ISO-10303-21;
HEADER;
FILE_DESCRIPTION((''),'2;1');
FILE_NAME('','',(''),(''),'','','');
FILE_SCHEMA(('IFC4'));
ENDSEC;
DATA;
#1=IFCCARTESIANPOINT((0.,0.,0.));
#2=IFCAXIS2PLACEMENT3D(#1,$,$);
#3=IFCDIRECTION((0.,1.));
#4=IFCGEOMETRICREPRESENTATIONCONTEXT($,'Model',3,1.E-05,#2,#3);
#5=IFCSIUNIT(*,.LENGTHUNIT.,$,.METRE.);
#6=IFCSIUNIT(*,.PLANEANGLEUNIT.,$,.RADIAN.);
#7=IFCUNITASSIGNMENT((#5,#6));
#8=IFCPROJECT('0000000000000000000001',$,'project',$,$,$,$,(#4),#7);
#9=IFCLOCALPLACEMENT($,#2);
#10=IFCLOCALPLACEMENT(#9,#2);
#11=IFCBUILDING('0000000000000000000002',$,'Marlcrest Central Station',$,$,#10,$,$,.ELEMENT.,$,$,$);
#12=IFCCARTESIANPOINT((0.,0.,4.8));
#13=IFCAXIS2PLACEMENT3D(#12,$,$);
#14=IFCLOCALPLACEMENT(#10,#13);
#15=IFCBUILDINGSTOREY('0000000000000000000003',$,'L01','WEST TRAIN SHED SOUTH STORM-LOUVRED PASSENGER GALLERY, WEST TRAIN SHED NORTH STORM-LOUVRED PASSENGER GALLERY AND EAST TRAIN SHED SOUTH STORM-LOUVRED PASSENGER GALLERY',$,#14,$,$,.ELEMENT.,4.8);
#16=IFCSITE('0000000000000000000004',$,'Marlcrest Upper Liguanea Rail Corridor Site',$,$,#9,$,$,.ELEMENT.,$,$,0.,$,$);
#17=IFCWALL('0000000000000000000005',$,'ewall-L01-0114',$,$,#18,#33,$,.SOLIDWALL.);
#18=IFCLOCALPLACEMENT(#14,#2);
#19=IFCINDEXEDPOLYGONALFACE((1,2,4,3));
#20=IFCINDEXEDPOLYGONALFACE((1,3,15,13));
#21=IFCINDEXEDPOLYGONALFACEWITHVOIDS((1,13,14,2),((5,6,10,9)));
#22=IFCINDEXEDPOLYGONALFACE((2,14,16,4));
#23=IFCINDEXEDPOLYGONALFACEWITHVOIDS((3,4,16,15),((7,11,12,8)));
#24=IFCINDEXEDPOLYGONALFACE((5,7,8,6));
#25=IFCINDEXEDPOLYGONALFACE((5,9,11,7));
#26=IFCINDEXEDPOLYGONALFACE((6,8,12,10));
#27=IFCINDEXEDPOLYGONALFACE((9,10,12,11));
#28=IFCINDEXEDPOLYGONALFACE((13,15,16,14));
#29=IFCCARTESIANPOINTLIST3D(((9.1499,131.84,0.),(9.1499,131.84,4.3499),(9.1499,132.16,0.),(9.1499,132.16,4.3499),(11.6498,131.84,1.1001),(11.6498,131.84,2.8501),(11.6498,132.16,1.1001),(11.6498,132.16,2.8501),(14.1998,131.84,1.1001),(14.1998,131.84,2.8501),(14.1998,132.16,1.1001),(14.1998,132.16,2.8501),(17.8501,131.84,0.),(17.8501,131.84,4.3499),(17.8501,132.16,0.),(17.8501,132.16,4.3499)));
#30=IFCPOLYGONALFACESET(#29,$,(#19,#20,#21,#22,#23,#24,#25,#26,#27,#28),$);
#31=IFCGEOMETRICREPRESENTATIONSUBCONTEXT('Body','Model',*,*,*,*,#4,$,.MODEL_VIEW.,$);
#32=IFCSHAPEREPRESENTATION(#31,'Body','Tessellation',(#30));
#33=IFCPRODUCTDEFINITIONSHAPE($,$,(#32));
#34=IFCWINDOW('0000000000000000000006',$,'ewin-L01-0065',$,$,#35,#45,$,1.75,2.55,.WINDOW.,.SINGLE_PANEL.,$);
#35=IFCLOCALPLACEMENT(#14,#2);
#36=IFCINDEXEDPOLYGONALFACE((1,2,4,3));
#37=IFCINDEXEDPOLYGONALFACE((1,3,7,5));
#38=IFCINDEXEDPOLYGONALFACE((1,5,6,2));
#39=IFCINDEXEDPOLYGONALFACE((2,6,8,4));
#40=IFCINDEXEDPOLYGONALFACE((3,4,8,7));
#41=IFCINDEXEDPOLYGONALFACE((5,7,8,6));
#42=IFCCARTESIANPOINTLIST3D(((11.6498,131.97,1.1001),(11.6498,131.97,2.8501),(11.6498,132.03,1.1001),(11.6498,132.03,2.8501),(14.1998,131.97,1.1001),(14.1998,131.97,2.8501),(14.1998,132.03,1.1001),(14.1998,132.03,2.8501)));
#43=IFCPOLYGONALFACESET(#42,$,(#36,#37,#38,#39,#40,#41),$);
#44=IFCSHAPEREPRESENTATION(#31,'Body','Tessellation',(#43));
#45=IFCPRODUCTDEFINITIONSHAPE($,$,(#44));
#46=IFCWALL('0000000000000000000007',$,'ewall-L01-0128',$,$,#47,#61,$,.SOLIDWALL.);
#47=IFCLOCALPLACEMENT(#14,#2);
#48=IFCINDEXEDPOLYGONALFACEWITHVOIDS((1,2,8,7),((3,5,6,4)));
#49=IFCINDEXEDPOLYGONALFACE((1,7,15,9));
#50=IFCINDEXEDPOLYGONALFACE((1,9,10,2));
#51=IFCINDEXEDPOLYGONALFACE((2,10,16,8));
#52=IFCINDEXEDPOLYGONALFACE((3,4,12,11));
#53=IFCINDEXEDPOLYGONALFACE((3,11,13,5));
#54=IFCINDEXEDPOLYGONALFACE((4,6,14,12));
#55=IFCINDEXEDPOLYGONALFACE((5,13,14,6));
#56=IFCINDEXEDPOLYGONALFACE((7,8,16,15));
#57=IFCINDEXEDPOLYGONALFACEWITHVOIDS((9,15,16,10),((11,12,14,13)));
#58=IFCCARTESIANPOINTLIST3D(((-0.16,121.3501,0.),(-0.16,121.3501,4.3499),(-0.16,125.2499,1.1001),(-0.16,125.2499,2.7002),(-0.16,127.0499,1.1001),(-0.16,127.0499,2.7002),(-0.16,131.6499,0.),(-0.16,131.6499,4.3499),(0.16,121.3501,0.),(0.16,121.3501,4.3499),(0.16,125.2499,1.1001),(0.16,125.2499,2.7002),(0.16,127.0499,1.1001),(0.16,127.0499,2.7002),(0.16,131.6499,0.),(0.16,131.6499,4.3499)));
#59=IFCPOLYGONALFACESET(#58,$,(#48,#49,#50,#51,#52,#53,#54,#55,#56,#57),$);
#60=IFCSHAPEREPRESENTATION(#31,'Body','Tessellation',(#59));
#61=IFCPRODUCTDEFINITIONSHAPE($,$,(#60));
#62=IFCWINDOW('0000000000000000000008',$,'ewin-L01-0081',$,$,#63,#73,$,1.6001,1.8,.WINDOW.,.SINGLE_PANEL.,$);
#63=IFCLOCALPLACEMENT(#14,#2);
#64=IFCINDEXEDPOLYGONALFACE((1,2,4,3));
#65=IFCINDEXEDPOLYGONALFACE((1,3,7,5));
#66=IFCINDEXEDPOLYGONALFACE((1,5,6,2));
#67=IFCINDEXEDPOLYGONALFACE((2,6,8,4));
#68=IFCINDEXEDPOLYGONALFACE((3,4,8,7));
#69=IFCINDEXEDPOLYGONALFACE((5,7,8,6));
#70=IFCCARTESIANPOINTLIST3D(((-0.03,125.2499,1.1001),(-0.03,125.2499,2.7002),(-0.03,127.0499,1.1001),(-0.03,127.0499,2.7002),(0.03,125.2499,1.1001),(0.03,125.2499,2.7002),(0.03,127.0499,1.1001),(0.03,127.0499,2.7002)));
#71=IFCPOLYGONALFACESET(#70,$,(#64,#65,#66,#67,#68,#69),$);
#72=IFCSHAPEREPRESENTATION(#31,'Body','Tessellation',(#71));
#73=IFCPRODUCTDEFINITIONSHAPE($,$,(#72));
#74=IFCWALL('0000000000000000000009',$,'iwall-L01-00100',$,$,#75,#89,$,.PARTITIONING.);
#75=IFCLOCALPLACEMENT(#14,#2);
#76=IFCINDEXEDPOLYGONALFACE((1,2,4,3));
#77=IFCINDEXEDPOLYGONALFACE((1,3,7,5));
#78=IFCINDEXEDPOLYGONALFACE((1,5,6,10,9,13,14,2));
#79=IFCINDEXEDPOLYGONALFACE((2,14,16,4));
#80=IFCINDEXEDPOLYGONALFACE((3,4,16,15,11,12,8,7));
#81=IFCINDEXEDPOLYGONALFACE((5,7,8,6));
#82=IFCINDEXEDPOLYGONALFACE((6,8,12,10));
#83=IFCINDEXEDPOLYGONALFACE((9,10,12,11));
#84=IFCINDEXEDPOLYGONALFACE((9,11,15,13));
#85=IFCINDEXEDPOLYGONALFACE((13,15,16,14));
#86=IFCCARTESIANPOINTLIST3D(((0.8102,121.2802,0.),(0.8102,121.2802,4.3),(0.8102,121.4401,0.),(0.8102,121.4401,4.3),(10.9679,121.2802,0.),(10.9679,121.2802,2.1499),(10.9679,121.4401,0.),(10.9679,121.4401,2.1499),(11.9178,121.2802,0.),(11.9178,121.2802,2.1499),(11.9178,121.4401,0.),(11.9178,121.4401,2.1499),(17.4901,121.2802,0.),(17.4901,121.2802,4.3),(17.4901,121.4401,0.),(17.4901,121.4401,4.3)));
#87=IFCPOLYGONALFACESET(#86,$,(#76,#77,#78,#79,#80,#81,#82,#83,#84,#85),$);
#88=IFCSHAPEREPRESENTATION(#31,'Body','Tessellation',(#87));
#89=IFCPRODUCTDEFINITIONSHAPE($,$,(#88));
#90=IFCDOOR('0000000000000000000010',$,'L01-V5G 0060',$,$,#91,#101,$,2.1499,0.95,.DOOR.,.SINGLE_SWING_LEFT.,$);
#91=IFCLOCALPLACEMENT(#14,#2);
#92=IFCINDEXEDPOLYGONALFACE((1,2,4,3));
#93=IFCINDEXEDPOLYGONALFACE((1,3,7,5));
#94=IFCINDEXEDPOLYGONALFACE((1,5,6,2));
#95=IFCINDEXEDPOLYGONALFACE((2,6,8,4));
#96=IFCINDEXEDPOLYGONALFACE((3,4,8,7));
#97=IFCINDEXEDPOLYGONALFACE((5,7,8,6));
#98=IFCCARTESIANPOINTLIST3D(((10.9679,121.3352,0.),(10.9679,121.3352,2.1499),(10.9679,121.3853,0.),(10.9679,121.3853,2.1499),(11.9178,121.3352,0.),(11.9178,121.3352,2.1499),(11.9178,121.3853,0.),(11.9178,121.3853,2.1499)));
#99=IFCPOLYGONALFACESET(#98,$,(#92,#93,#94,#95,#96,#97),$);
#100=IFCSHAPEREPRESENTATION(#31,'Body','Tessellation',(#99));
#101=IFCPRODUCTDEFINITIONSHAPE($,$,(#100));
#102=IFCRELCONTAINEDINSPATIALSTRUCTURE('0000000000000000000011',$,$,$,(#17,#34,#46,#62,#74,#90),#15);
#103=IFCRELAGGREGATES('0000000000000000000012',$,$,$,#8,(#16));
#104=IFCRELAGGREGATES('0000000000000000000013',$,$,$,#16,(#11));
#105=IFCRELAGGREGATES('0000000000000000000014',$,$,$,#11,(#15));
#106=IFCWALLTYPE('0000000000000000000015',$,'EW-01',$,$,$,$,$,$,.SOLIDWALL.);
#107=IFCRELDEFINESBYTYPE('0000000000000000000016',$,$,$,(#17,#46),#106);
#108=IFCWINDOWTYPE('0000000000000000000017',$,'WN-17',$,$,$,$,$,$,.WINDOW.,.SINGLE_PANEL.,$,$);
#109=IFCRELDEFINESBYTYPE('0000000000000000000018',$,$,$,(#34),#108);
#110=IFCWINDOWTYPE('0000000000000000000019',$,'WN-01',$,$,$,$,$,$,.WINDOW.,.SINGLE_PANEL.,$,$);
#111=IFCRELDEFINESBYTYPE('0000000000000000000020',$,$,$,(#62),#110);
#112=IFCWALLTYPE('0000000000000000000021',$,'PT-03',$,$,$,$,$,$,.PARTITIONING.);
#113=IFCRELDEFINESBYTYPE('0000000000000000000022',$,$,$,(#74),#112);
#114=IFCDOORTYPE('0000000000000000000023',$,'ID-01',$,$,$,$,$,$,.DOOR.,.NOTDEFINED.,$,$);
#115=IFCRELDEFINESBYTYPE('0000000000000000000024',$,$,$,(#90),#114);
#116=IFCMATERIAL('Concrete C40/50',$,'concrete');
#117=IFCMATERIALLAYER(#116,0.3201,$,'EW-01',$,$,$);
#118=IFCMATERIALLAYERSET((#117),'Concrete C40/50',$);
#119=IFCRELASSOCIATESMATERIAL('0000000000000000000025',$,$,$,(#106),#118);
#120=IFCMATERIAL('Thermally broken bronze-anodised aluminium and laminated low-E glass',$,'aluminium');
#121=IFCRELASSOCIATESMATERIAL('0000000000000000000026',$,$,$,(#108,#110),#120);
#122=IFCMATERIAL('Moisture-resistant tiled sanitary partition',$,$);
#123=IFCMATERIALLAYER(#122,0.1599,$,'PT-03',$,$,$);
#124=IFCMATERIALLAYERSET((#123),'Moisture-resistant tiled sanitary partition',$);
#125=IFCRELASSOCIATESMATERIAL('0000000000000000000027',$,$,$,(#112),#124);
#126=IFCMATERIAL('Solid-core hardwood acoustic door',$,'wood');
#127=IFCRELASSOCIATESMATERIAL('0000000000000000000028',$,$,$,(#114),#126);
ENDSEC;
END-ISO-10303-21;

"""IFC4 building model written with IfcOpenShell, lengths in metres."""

from ifc_helpers import new_model, si_unit, direction, frame, frame_2d, origin, place, context, subcontext, project, spatial, rectangle, extrude, material, layer, layer_set, type_object, element, fill, save


model = new_model("IFC4")

# Units and contexts
model_context = context("Model", 3, precision=1e-05, world=origin(), true_north=direction((0.0, 1.0)))
body_context = subcontext(model_context, "Body", "Model", "MODEL_VIEW")
ifc_project = project(units=[si_unit("LENGTHUNIT", "METRE"), si_unit("PLANEANGLEUNIT", "RADIAN")], contexts=[model_context])

# Site, building, storey
site_placement = place(None, origin())
site = spatial("IfcSite", under=ifc_project, at=site_placement, Name="Marlcrest Upper Liguanea Rail Corridor Site", CompositionType="ELEMENT", RefElevation=0.0)
building_placement = place(site_placement, origin())
building = spatial("IfcBuilding", under=site, at=building_placement, Name="Marlcrest Central Station", CompositionType="ELEMENT")
storey_placement = place(building_placement, frame((0.0, 0.0, 4.8)))
storey = spatial("IfcBuildingStorey", under=building, at=storey_placement, Name="L01", Description="WEST TRAIN SHED SOUTH STORM-LOUVRED PASSENGER GALLERY, WEST TRAIN SHED NORTH STORM-LOUVRED PASSENGER GALLERY AND EAST TRAIN SHED SOUTH STORM-LOUVRED PASSENGER GALLERY", CompositionType="ELEMENT", Elevation=4.8)

# Wall, opening, window
ifc_material_1 = material(Name="Concrete C40/50", Category="concrete")
ifc_layer_1 = layer(ifc_material_1, 0.3201, Name="EW-01")
ifc_layer_set_1 = layer_set([ifc_layer_1], Name="Concrete C40/50")
wall_type_1 = type_object("IfcWallType", Name="EW-01", PredefinedType="SOLIDWALL", material=ifc_layer_set_1)
ifc_material_2 = material(Name="Thermally broken bronze-anodised aluminium and laminated low-E glass", Category="aluminium")
wall_1_placement = place(storey_placement, frame((9.1499, 132.0, 0.0), z_axis=(0.0, 0.0, 1.0), x_axis=(1.0, 0.0, 0.0)))
wall_1 = element("IfcWall", 1, at=wall_1_placement, inside=storey, type_object=wall_type_1, Name="ewall-L01-0114", PredefinedType="SOLIDWALL", context=body_context, shape_type="SweptSolid", body=[
    extrude(rectangle(XDim=8.7002, YDim=0.3201, at=frame_2d((4.3501, 0.0))), origin(), (0.0, 0.0, 1.0), 4.3499),
])
opening_1_placement = place(wall_1_placement, frame((2.5, 0.0, 1.1001)))
opening_1 = element("IfcOpeningElement", 2, at=opening_1_placement, cuts=wall_1, PredefinedType="OPENING", context=body_context, shape_type="SweptSolid", body=[
    extrude(rectangle(XDim=2.55, YDim=1.75, at=frame_2d((1.2749, 0.875))), frame((0.0, 0.1699, 0.0), z_axis=(0.0, -1.0, 0.0), x_axis=(1.0, 0.0, 0.0)), (0.0, 0.0, 1.0), 0.3401),
])
window_type_1 = type_object("IfcWindowType", Name="WN-17", PartitioningType="SINGLE_PANEL", PredefinedType="WINDOW", material=ifc_material_2)
window_1_placement = place(opening_1_placement, origin())
window_1 = element("IfcWindow", 3, at=window_1_placement, inside=storey, type_object=window_type_1, Name="ewin-L01-0065", OverallHeight=1.75, OverallWidth=2.55, PartitioningType="SINGLE_PANEL", PredefinedType="WINDOW", context=body_context, shape_type="SweptSolid", body=[
    extrude(rectangle(XDim=2.55, YDim=1.75, at=frame_2d((1.2749, 0.875))), frame((0.0, 0.03, 0.0), z_axis=(0.0, -1.0, 0.0), x_axis=(1.0, 0.0, 0.0)), (0.0, 0.0, 1.0), 0.0601),
])
fill(opening_1, window_1)

# Wall, opening, window
wall_2_placement = place(storey_placement, frame((0.0, 121.3501, 0.0), z_axis=(0.0, 0.0, 1.0), x_axis=(0.0, 1.0, 0.0)))
wall_2 = element("IfcWall", 4, at=wall_2_placement, inside=storey, type_object=wall_type_1, Name="ewall-L01-0128", PredefinedType="SOLIDWALL", context=body_context, shape_type="SweptSolid", body=[
    extrude(rectangle(XDim=10.2998, YDim=0.3201, at=frame_2d((5.1499, 0.0))), origin(), (0.0, 0.0, 1.0), 4.3499),
])
opening_2_placement = place(wall_2_placement, frame((3.8999, 0.0, 1.1001)))
opening_2 = element("IfcOpeningElement", 5, at=opening_2_placement, cuts=wall_2, PredefinedType="OPENING", context=body_context, shape_type="SweptSolid", body=[
    extrude(rectangle(XDim=1.8, YDim=1.6001, at=frame_2d((0.8999, 0.8))), frame((0.0, 0.1699, 0.0), z_axis=(0.0, -1.0, 0.0), x_axis=(1.0, 0.0, 0.0)), (0.0, 0.0, 1.0), 0.3401),
])
window_type_2 = type_object("IfcWindowType", Name="WN-01", PartitioningType="SINGLE_PANEL", PredefinedType="WINDOW", material=ifc_material_2)
window_2_placement = place(opening_2_placement, origin())
window_2 = element("IfcWindow", 6, at=window_2_placement, inside=storey, type_object=window_type_2, Name="ewin-L01-0081", OverallHeight=1.6001, OverallWidth=1.8, PartitioningType="SINGLE_PANEL", PredefinedType="WINDOW", context=body_context, shape_type="SweptSolid", body=[
    extrude(rectangle(XDim=1.8, YDim=1.6001, at=frame_2d((0.8999, 0.8))), frame((0.0, 0.03, 0.0), z_axis=(0.0, -1.0, 0.0), x_axis=(1.0, 0.0, 0.0)), (0.0, 0.0, 1.0), 0.0601),
])
fill(opening_2, window_2)

# Wall, opening, door
ifc_material_3 = material(Name="Moisture-resistant tiled sanitary partition")
ifc_layer_2 = layer(ifc_material_3, 0.1599, Name="PT-03")
ifc_layer_set_2 = layer_set([ifc_layer_2], Name="Moisture-resistant tiled sanitary partition")
wall_type_2 = type_object("IfcWallType", Name="PT-03", PredefinedType="PARTITIONING", material=ifc_layer_set_2)
wall_3_placement = place(storey_placement, frame((17.49, 121.3601, 0.0), z_axis=(0.0, 0.0, 1.0), x_axis=(-1.0, 0.0, 0.0)))
wall_3 = element("IfcWall", 7, at=wall_3_placement, inside=storey, type_object=wall_type_2, Name="iwall-L01-00100", PredefinedType="PARTITIONING", context=body_context, shape_type="SweptSolid", body=[
    extrude(rectangle(XDim=16.6799, YDim=0.1599, at=frame_2d((8.3398, 0.0))), origin(), (0.0, 0.0, 1.0), 4.3),
])
opening_3_placement = place(wall_3_placement, frame((5.572, 0.0, 0.0)))
opening_3 = element("IfcOpeningElement", 8, at=opening_3_placement, cuts=wall_3, PredefinedType="OPENING", context=body_context, shape_type="SweptSolid", body=[
    extrude(rectangle(XDim=0.95, YDim=2.1499, at=frame_2d((0.4751, 1.075))), frame((0.0, 0.0898, 0.0), z_axis=(0.0, -1.0, 0.0), x_axis=(1.0, 0.0, 0.0)), (0.0, 0.0, 1.0), 0.1799),
])
ifc_material_4 = material(Name="Solid-core hardwood acoustic door", Category="wood")
door_type_1 = type_object("IfcDoorType", Name="ID-01", OperationType="NOTDEFINED", PredefinedType="DOOR", material=ifc_material_4)
door_1_placement = place(opening_3_placement, origin())
door_1 = element("IfcDoor", 9, at=door_1_placement, inside=storey, type_object=door_type_1, Name="L01-V5G 0060", OperationType="SINGLE_SWING_LEFT", OverallHeight=2.1499, OverallWidth=0.95, PredefinedType="DOOR", context=body_context, shape_type="SweptSolid", body=[
    extrude(rectangle(XDim=0.95, YDim=2.1499, at=frame_2d((0.4751, 1.075))), frame((0.0, 0.0249, 0.0), z_axis=(0.0, -1.0, 0.0), x_axis=(1.0, 0.0, 0.0)), (0.0, 0.0, 1.0), 0.05),
])
fill(opening_3, door_1)

save(model, "model.ifc")
